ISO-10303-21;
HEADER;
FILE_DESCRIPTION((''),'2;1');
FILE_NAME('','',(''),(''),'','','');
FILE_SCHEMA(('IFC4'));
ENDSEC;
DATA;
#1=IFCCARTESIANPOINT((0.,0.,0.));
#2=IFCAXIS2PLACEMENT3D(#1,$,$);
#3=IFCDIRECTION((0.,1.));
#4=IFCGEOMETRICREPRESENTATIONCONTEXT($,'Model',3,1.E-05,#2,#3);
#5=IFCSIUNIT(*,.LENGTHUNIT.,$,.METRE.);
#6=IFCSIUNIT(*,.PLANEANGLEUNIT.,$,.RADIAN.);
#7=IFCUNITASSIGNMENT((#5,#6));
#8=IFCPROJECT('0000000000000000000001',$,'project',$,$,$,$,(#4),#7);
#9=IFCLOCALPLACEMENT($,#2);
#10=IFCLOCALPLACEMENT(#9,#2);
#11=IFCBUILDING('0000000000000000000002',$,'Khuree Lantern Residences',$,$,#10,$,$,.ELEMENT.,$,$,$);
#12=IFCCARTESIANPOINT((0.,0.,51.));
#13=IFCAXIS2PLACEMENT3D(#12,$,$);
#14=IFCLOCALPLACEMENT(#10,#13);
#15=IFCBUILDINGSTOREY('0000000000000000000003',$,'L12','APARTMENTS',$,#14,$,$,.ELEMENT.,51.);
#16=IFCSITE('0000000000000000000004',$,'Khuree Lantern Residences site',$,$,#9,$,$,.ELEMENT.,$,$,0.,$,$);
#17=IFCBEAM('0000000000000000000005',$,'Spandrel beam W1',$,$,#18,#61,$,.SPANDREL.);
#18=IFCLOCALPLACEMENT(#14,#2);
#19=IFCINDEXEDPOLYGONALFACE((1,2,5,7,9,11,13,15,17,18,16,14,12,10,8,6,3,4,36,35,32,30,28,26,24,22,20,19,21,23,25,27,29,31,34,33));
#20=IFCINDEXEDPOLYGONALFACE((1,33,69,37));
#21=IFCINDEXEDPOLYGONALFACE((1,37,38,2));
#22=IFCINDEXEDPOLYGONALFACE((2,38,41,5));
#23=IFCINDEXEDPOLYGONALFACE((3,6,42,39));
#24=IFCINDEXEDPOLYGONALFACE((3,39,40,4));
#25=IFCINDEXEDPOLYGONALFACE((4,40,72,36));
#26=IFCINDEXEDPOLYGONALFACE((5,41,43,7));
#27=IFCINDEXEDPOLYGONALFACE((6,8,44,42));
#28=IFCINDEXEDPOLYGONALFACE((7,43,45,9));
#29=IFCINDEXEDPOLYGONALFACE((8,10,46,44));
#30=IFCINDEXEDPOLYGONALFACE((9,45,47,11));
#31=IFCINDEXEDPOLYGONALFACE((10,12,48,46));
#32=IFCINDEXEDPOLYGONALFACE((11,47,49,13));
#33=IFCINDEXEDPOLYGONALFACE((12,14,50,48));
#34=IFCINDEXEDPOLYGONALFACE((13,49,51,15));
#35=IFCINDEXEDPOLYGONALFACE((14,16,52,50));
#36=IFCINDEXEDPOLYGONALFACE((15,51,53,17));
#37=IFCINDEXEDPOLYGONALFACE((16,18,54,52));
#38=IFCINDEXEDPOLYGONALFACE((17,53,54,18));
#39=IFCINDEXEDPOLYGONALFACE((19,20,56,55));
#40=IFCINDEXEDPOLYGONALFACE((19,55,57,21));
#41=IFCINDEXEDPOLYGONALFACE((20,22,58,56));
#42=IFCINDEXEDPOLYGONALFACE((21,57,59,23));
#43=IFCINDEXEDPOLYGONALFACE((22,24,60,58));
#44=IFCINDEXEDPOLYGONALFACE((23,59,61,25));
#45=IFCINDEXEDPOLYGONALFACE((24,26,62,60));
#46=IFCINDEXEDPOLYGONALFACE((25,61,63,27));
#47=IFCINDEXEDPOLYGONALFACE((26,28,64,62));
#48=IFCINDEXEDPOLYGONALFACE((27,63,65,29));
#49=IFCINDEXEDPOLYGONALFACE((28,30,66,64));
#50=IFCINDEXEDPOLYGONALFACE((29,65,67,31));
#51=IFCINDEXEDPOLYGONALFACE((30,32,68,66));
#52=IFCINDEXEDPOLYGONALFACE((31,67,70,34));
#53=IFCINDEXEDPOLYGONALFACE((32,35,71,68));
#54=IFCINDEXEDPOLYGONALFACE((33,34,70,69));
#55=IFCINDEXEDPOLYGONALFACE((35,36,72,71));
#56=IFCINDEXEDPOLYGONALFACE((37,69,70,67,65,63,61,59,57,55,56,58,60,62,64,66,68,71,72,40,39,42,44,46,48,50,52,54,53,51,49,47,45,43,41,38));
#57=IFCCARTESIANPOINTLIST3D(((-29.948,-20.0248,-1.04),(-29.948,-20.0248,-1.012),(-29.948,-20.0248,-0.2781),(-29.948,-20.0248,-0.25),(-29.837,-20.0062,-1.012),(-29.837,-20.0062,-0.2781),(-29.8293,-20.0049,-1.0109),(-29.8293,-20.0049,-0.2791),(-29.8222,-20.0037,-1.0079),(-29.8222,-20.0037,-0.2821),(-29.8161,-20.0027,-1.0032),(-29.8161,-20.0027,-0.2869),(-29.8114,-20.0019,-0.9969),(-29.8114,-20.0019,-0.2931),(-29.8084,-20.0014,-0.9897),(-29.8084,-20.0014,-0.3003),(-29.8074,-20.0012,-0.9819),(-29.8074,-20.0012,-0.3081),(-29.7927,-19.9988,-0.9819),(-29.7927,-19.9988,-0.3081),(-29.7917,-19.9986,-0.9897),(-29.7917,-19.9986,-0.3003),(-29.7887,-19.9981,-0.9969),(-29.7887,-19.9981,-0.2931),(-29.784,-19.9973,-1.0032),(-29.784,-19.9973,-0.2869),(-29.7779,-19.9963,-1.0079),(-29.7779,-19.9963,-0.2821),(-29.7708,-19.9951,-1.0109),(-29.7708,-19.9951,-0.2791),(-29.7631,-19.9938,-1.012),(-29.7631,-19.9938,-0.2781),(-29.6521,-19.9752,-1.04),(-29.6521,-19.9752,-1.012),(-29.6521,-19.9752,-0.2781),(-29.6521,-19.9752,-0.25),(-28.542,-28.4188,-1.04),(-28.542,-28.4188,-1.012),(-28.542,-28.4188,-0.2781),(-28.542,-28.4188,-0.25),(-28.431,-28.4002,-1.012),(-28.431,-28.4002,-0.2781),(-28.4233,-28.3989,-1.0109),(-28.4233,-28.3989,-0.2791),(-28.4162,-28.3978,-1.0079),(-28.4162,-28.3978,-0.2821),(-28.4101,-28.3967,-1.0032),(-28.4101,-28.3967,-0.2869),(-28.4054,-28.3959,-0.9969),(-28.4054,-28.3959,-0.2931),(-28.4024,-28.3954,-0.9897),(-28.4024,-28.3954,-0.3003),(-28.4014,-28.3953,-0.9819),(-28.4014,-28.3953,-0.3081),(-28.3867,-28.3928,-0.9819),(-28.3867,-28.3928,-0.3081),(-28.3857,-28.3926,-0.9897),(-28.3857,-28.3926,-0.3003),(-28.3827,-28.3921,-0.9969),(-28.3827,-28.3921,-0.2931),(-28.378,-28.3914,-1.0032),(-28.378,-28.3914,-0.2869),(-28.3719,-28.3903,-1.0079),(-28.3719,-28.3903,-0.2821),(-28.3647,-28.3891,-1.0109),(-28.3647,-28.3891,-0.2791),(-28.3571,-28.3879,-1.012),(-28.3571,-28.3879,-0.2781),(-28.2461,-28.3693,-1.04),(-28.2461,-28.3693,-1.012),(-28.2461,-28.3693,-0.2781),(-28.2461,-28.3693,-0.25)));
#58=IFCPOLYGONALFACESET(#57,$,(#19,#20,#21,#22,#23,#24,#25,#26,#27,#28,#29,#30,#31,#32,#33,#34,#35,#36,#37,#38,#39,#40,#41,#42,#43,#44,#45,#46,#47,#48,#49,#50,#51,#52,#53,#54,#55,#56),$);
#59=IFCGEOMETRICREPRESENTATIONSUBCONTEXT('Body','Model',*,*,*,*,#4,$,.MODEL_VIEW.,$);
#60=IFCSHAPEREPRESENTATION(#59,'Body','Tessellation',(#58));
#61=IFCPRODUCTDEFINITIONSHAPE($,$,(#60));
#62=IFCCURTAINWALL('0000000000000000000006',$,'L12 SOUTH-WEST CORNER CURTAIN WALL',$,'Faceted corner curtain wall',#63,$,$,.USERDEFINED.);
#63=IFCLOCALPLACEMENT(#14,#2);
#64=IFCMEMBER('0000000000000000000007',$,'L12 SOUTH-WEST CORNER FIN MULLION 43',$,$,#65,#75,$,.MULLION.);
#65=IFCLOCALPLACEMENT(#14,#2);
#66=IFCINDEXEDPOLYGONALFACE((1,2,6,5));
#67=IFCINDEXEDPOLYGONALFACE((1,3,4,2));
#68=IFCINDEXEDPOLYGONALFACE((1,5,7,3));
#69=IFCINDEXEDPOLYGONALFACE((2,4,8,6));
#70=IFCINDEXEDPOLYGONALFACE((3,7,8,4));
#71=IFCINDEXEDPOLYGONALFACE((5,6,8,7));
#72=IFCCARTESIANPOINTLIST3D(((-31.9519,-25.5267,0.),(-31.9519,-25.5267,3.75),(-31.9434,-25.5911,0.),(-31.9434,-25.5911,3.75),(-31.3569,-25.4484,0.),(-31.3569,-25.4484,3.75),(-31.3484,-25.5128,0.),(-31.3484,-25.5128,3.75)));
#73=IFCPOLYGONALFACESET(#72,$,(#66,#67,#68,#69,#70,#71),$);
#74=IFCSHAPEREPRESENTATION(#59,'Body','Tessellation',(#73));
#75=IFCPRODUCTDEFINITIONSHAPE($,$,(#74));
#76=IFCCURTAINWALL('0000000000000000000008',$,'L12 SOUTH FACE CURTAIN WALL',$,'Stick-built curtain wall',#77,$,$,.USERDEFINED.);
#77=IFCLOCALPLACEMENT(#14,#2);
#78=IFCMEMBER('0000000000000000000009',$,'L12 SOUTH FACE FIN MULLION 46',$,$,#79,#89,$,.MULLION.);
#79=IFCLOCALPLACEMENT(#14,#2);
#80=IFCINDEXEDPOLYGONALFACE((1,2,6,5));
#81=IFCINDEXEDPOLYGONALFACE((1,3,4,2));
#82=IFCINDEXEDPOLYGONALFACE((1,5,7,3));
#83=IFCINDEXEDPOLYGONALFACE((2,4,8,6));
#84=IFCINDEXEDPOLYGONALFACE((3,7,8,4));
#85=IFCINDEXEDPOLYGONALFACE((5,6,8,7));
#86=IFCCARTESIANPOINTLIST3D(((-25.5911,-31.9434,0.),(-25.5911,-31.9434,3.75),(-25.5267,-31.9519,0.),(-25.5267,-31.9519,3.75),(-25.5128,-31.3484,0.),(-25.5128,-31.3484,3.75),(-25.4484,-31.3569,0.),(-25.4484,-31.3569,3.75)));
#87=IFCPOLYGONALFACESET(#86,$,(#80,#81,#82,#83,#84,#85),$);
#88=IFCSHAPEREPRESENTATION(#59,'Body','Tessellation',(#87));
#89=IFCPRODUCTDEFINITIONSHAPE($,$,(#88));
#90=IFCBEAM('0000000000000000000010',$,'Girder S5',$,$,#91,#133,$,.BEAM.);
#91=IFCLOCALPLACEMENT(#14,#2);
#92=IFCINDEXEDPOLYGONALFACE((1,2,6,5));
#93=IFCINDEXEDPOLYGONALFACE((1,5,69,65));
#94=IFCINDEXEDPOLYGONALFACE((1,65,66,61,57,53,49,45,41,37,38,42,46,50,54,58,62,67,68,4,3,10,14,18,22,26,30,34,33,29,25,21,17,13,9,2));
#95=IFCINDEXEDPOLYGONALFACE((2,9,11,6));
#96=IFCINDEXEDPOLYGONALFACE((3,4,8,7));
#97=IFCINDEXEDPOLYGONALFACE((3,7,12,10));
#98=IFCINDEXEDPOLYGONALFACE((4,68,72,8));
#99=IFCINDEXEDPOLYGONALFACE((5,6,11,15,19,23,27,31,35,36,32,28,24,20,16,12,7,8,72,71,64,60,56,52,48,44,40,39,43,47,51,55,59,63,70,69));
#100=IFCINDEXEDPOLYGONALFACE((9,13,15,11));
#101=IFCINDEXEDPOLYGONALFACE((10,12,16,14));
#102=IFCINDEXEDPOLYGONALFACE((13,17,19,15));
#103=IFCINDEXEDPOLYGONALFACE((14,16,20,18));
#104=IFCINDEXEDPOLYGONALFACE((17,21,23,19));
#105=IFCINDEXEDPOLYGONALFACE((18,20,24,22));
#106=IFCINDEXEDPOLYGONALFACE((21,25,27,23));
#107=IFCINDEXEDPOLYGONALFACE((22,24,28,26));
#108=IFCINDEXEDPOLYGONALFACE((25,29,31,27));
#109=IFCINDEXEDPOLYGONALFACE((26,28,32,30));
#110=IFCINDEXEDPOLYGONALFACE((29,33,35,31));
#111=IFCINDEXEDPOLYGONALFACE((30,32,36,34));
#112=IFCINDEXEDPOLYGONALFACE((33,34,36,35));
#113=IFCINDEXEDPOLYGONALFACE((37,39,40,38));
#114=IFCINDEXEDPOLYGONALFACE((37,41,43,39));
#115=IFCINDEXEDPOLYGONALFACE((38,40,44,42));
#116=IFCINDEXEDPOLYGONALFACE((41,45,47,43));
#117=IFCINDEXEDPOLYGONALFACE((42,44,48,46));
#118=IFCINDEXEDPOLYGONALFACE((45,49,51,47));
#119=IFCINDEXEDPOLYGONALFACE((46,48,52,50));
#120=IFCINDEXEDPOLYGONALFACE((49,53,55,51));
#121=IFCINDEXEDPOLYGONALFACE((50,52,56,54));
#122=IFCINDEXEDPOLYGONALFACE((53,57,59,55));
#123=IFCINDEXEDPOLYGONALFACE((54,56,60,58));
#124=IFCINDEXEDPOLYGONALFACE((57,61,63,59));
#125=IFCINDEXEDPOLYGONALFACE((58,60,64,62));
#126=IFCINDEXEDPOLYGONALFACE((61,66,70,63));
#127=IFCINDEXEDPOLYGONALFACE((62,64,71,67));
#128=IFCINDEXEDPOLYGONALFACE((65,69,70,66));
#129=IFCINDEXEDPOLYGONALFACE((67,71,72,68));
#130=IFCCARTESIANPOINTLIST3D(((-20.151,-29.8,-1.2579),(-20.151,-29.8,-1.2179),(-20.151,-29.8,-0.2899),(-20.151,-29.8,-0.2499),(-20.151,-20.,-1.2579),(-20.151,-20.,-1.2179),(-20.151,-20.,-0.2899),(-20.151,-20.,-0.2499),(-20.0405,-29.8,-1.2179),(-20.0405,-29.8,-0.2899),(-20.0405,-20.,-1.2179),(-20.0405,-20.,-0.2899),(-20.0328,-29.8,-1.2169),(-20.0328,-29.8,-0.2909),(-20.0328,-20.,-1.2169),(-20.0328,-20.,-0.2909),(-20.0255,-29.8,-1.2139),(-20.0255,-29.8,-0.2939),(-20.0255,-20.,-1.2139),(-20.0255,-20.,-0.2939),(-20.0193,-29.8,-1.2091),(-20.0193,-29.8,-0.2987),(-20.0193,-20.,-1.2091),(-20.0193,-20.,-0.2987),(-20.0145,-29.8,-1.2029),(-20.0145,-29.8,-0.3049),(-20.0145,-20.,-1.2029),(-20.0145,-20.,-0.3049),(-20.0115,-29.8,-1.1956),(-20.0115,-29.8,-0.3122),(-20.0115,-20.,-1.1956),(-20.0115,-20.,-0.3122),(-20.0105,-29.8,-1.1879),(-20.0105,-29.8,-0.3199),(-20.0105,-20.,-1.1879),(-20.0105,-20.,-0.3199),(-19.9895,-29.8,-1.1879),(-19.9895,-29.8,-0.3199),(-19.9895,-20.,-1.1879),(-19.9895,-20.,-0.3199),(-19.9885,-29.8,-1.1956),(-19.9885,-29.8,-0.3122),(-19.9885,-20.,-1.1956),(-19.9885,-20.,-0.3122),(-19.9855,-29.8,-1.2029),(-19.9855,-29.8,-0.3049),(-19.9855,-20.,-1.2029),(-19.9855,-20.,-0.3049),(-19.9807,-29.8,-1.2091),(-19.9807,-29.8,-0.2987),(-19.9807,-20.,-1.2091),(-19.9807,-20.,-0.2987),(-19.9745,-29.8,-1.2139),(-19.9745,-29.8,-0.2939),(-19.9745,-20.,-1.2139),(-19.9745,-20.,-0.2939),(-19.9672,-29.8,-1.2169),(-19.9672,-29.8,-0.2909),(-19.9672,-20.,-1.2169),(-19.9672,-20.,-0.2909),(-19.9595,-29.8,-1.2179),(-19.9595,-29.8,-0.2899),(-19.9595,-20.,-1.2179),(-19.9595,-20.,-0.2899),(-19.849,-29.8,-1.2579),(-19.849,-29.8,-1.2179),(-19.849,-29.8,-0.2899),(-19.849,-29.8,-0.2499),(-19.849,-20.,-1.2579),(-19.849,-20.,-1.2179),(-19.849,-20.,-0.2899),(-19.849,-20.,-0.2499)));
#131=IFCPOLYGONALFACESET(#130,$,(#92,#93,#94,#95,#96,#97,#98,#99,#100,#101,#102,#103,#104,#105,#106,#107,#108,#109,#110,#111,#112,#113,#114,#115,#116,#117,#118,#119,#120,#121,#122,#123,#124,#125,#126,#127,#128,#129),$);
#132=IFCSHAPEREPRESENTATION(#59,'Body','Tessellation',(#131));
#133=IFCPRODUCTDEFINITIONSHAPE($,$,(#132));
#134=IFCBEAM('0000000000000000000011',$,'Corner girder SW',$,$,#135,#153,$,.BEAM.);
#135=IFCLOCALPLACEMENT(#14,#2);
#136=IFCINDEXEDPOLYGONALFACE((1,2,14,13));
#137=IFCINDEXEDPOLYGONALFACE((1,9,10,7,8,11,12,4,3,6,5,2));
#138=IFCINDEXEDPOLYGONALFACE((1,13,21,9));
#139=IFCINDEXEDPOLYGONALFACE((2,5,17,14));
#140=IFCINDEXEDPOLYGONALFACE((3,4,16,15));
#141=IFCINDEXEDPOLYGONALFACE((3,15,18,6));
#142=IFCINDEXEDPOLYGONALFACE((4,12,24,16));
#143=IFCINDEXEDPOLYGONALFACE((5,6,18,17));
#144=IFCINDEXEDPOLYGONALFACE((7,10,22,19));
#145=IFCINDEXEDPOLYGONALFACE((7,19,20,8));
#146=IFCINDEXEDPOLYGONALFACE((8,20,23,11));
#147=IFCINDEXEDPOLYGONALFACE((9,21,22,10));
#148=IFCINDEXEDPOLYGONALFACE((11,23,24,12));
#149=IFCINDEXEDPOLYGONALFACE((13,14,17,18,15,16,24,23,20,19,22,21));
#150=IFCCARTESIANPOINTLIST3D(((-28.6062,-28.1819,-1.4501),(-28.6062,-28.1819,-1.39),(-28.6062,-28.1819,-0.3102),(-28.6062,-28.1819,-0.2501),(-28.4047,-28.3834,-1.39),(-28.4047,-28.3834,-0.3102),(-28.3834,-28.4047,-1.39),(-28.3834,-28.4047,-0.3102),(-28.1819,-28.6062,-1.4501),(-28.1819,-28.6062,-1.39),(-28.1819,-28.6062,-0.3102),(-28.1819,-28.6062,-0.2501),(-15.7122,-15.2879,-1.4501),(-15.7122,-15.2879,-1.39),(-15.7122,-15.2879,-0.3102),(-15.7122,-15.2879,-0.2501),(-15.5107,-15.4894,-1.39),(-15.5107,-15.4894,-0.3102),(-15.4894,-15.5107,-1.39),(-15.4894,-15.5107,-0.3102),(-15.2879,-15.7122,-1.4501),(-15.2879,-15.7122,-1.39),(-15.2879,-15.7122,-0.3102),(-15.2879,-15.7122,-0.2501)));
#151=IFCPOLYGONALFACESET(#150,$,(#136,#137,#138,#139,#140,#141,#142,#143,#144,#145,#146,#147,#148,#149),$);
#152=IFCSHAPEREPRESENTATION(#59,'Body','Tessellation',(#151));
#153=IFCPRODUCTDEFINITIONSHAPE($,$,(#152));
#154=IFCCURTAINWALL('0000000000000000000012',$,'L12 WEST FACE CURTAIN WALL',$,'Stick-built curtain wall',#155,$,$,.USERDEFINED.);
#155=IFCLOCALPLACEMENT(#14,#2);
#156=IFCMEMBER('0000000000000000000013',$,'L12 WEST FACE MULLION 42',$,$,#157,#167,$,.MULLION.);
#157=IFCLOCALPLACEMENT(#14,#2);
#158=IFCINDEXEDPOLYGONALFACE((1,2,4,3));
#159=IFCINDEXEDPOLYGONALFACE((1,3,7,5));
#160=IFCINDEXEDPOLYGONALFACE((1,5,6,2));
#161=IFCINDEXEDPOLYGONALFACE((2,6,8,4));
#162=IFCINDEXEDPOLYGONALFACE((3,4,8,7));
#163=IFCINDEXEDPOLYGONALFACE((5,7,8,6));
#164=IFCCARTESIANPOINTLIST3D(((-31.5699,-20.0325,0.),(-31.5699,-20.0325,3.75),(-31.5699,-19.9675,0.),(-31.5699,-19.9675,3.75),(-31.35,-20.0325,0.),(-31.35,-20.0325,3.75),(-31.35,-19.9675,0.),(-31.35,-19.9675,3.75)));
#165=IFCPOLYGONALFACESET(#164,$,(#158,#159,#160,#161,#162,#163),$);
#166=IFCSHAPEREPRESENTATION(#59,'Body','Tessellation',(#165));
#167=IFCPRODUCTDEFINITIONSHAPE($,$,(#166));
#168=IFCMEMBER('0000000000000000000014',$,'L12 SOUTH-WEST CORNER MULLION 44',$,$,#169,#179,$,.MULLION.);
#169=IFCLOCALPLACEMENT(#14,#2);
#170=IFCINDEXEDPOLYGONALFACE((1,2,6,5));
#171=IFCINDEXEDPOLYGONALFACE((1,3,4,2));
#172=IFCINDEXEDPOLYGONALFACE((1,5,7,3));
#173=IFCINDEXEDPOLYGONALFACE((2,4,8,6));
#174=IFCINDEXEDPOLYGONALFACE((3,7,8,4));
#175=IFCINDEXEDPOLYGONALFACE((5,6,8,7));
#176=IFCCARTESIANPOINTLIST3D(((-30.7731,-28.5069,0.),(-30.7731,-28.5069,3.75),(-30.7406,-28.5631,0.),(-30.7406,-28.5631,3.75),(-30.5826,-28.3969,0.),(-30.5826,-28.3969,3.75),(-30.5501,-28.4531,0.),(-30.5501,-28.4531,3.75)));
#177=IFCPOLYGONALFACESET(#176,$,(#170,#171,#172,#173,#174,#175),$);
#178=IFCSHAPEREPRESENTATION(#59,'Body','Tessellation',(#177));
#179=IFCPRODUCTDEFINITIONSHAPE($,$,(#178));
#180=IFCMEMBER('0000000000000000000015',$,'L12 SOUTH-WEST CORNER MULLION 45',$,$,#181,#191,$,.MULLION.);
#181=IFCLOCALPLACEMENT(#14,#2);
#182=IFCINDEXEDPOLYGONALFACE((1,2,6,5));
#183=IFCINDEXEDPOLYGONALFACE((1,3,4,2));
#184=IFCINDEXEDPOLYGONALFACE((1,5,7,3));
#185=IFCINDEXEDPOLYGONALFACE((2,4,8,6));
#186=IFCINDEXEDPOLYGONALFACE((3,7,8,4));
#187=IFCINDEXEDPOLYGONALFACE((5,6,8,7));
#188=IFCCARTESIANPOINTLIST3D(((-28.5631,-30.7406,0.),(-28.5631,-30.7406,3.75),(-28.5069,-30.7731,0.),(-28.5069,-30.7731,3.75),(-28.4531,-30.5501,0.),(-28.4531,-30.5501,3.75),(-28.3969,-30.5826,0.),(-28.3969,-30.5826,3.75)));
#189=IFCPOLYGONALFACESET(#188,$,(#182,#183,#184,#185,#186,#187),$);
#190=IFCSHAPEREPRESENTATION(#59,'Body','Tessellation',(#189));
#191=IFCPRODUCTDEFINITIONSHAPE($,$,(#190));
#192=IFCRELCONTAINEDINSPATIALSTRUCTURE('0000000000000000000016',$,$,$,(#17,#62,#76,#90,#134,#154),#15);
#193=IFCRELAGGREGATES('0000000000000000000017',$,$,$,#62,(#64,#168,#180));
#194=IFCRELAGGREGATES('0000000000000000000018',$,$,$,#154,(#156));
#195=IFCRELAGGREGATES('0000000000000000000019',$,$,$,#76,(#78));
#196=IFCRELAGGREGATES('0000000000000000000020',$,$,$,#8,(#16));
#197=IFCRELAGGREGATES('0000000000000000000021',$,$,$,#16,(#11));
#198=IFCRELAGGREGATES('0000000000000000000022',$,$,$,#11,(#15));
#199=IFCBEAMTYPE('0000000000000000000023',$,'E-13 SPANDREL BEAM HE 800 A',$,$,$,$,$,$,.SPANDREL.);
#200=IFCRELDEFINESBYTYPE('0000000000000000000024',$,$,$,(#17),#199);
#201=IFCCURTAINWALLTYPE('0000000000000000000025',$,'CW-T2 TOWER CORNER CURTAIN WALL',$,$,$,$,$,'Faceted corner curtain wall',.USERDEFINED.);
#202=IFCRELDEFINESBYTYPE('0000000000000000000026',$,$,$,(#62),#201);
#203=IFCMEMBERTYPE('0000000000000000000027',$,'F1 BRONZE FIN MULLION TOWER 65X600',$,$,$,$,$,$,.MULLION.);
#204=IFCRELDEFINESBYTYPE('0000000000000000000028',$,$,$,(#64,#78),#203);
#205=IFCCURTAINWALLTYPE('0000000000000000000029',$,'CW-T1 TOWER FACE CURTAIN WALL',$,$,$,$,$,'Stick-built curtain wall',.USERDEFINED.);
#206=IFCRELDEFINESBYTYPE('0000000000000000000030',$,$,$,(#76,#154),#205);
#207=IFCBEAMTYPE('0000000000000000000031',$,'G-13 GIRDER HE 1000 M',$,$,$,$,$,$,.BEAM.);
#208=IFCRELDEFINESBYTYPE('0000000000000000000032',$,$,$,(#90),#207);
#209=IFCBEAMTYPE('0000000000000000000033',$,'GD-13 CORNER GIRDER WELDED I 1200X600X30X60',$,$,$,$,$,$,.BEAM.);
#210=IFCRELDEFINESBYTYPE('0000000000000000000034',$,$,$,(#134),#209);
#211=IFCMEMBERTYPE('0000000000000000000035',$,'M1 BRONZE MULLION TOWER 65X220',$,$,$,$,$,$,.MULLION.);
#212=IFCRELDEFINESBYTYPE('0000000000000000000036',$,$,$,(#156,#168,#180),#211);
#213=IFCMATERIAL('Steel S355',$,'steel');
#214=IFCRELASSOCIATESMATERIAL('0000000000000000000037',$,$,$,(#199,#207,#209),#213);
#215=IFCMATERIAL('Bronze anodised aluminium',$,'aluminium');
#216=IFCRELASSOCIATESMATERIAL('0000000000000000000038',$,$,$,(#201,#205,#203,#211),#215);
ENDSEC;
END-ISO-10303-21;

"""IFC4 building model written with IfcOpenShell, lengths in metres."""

from ifc_helpers import new_model, si_unit, direction, frame, origin, origin_2d, place, context, subcontext, project, spatial, rectangle, i_section, extrude, material, material_profile, profile_set, type_object, element, aggregate, save


model = new_model("IFC4")

# Units and contexts
model_context = context("Model", 3, precision=1e-05, world=origin(), true_north=direction((0.0, 1.0)))
body_context = subcontext(model_context, "Body", "Model", "MODEL_VIEW")
ifc_project = project(units=[si_unit("LENGTHUNIT", "METRE"), si_unit("PLANEANGLEUNIT", "RADIAN")], contexts=[model_context])

# Site, building, storey
site_placement = place(None, origin())
site = spatial("IfcSite", under=ifc_project, at=site_placement, Name="Khuree Lantern Residences site", CompositionType="ELEMENT", RefElevation=0.0)
building_placement = place(site_placement, origin())
building = spatial("IfcBuilding", under=site, at=building_placement, Name="Khuree Lantern Residences", CompositionType="ELEMENT")
storey_placement = place(building_placement, frame((0.0, 0.0, 51.0)))
storey = spatial("IfcBuildingStorey", under=building, at=storey_placement, Name="L12", Description="APARTMENTS", CompositionType="ELEMENT", Elevation=51.0)

# Beam
ifc_material_1 = material(Name="Steel S355", Category="steel")
ifc_material_profile_1 = material_profile(ifc_material_1, i_section(OverallWidth=0.3, OverallDepth=0.79, WebThickness=0.0149, FlangeThickness=0.0281, FilletRadius=0.03, at=origin_2d()), Name="HE 800 A")
ifc_profile_set_1 = profile_set([ifc_material_profile_1], Name="Steel S355")
beam_type_1 = type_object("IfcBeamType", Name="E-13 SPANDREL BEAM HE 800 A", PredefinedType="SPANDREL", material=ifc_profile_set_1)
for number, where, z_axis, x_axis, name in (
    (1, (-28.394, -28.394, -0.645), (-0.165199, 0.98626, 0.0), (-0.98626, -0.165199, 0.0), "Spandrel beam W1"),
):
    element("IfcBeam", number, at=place(storey_placement, frame(where, z_axis=z_axis, x_axis=x_axis)), inside=storey, type_object=beam_type_1, Name=name, PredefinedType="SPANDREL", context=body_context, shape_type="SweptSolid", body=[
        extrude(i_section(OverallWidth=0.3, OverallDepth=0.79, WebThickness=0.0149, FlangeThickness=0.0281, FilletRadius=0.03, at=origin_2d()), origin(), (0.0, 0.0, 1.0), 8.511),
    ])

# Curtain walls, members
ifc_material_2 = material(Name="Bronze anodised aluminium", Category="aluminium")
curtain_wall_type_1 = type_object("IfcCurtainWallType", Name="CW-T2 TOWER CORNER CURTAIN WALL", ElementType="Faceted corner curtain wall", PredefinedType="USERDEFINED", material=ifc_material_2)
curtain_wall_1_placement = place(storey_placement, origin())
curtain_wall_1 = element("IfcCurtainWall", 2, at=curtain_wall_1_placement, inside=storey, type_object=curtain_wall_type_1, Name="L12 SOUTH-WEST CORNER CURTAIN WALL", ObjectType="Faceted corner curtain wall", PredefinedType="USERDEFINED")
ifc_material_profile_2 = material_profile(ifc_material_2, rectangle(XDim=0.0649, YDim=0.6001, at=origin_2d()), Name="F1 65X600")
ifc_profile_set_2 = profile_set([ifc_material_profile_2], Name="Bronze anodised aluminium")
member_type_1 = type_object("IfcMemberType", Name="F1 BRONZE FIN MULLION TOWER 65X600", PredefinedType="MULLION", material=ifc_profile_set_2)
member_1_placement = place(storey_placement, frame((-31.6501, -25.5198, 0.0), z_axis=(0.0, 0.0, 1.0), x_axis=(0.130526, -0.991445, 0.0)))
member_1 = element("IfcMember", 3, at=member_1_placement, type_object=member_type_1, Name="L12 SOUTH-WEST CORNER FIN MULLION 43", PredefinedType="MULLION", context=body_context, shape_type="SweptSolid", body=[
    extrude(rectangle(XDim=0.0649, YDim=0.6001, at=origin_2d()), origin(), (0.0, 0.0, 1.0), 3.75),
])
curtain_wall_type_2 = type_object("IfcCurtainWallType", Name="CW-T1 TOWER FACE CURTAIN WALL", ElementType="Stick-built curtain wall", PredefinedType="USERDEFINED", material=ifc_material_2)
curtain_wall_2_placement = place(storey_placement, origin())
curtain_wall_2 = element("IfcCurtainWall", 4, at=curtain_wall_2_placement, inside=storey, type_object=curtain_wall_type_2, Name="L12 SOUTH FACE CURTAIN WALL", ObjectType="Stick-built curtain wall", PredefinedType="USERDEFINED")
member_2_placement = place(storey_placement, frame((-25.5198, -31.6501, 0.0), z_axis=(0.0, 0.0, 1.0), x_axis=(0.991445, -0.130526, 0.0)))
member_2 = element("IfcMember", 5, at=member_2_placement, type_object=member_type_1, Name="L12 SOUTH FACE FIN MULLION 46", PredefinedType="MULLION", context=body_context, shape_type="SweptSolid", body=[
    extrude(rectangle(XDim=0.0649, YDim=0.6001, at=origin_2d()), origin(), (0.0, 0.0, 1.0), 3.75),
])

# Beams
ifc_material_profile_3 = material_profile(ifc_material_1, i_section(OverallWidth=0.302, OverallDepth=1.0081, WebThickness=0.021, FlangeThickness=0.04, FilletRadius=0.03, at=origin_2d()), Name="HE 1000 M")
ifc_profile_set_3 = profile_set([ifc_material_profile_3], Name="Steel S355")
beam_type_2 = type_object("IfcBeamType", Name="G-13 GIRDER HE 1000 M", PredefinedType="BEAM", material=ifc_profile_set_3)
beam_1_placement = place(storey_placement, frame((-20.0, -29.8, -0.7539), z_axis=(0.0, 1.0, 0.0), x_axis=(-1.0, 0.0, 0.0)))
element("IfcBeam", 6, at=beam_1_placement, inside=storey, type_object=beam_type_2, Name="Girder S5", PredefinedType="BEAM", context=body_context, shape_type="SweptSolid", body=[
    extrude(i_section(OverallWidth=0.302, OverallDepth=1.0081, WebThickness=0.021, FlangeThickness=0.04, FilletRadius=0.03, at=origin_2d()), origin(), (0.0, 0.0, 1.0), 9.8),
])
ifc_material_profile_4 = material_profile(ifc_material_1, i_section(OverallWidth=0.6001, OverallDepth=1.2, WebThickness=0.03, FlangeThickness=0.0601, at=origin_2d()), Name="WELDED I 1200X600X30X60")
ifc_profile_set_4 = profile_set([ifc_material_profile_4], Name="Steel S355")
beam_type_3 = type_object("IfcBeamType", Name="GD-13 CORNER GIRDER WELDED I 1200X600X30X60", PredefinedType="BEAM", material=ifc_profile_set_4)
beam_2_placement = place(storey_placement, frame((-28.394, -28.394, -0.8501), z_axis=(0.707107, 0.707107, 0.0), x_axis=(-0.707107, 0.707107, 0.0)))
element("IfcBeam", 7, at=beam_2_placement, inside=storey, type_object=beam_type_3, Name="Corner girder SW", PredefinedType="BEAM", context=body_context, shape_type="SweptSolid", body=[
    extrude(i_section(OverallWidth=0.6001, OverallDepth=1.2, WebThickness=0.03, FlangeThickness=0.0601, at=origin_2d()), origin(), (0.0, 0.0, 1.0), 18.2349),
])

# Curtain wall, member
curtain_wall_3_placement = place(storey_placement, origin())
curtain_wall_3 = element("IfcCurtainWall", 8, at=curtain_wall_3_placement, inside=storey, type_object=curtain_wall_type_2, Name="L12 WEST FACE CURTAIN WALL", ObjectType="Stick-built curtain wall", PredefinedType="USERDEFINED")
ifc_material_profile_5 = material_profile(ifc_material_2, rectangle(XDim=0.0649, YDim=0.22, at=origin_2d()), Name="M1 65X220")
ifc_profile_set_5 = profile_set([ifc_material_profile_5], Name="Bronze anodised aluminium")
member_type_2 = type_object("IfcMemberType", Name="M1 BRONZE MULLION TOWER 65X220", PredefinedType="MULLION", material=ifc_profile_set_5)
member_3_placement = place(storey_placement, frame((-31.46, -20.0, 0.0), z_axis=(0.0, 0.0, 1.0), x_axis=(0.0, -1.0, 0.0)))
member_3 = element("IfcMember", 9, at=member_3_placement, type_object=member_type_2, Name="L12 WEST FACE MULLION 42", PredefinedType="MULLION", context=body_context, shape_type="SweptSolid", body=[
    extrude(rectangle(XDim=0.0649, YDim=0.22, at=origin_2d()), origin(), (0.0, 0.0, 1.0), 3.75),
])

# Members
member_4_placement = place(storey_placement, frame((-30.6616, -28.48, 0.0), z_axis=(0.0, 0.0, 1.0), x_axis=(0.5, -0.866025, 0.0)))
member_4 = element("IfcMember", 10, at=member_4_placement, type_object=member_type_2, Name="L12 SOUTH-WEST CORNER MULLION 44", PredefinedType="MULLION", context=body_context, shape_type="SweptSolid", body=[
    extrude(rectangle(XDim=0.0649, YDim=0.22, at=origin_2d()), origin(), (0.0, 0.0, 1.0), 3.75),
])
member_5_placement = place(storey_placement, frame((-28.48, -30.6616, 0.0), z_axis=(0.0, 0.0, 1.0), x_axis=(0.866025, -0.5, 0.0)))
member_5 = element("IfcMember", 11, at=member_5_placement, type_object=member_type_2, Name="L12 SOUTH-WEST CORNER MULLION 45", PredefinedType="MULLION", context=body_context, shape_type="SweptSolid", body=[
    extrude(rectangle(XDim=0.0649, YDim=0.22, at=origin_2d()), origin(), (0.0, 0.0, 1.0), 3.75),
])

aggregate(curtain_wall_1, [member_1, member_4, member_5])
aggregate(curtain_wall_3, [member_3])
aggregate(curtain_wall_2, [member_2])

save(model, "model.ifc")
